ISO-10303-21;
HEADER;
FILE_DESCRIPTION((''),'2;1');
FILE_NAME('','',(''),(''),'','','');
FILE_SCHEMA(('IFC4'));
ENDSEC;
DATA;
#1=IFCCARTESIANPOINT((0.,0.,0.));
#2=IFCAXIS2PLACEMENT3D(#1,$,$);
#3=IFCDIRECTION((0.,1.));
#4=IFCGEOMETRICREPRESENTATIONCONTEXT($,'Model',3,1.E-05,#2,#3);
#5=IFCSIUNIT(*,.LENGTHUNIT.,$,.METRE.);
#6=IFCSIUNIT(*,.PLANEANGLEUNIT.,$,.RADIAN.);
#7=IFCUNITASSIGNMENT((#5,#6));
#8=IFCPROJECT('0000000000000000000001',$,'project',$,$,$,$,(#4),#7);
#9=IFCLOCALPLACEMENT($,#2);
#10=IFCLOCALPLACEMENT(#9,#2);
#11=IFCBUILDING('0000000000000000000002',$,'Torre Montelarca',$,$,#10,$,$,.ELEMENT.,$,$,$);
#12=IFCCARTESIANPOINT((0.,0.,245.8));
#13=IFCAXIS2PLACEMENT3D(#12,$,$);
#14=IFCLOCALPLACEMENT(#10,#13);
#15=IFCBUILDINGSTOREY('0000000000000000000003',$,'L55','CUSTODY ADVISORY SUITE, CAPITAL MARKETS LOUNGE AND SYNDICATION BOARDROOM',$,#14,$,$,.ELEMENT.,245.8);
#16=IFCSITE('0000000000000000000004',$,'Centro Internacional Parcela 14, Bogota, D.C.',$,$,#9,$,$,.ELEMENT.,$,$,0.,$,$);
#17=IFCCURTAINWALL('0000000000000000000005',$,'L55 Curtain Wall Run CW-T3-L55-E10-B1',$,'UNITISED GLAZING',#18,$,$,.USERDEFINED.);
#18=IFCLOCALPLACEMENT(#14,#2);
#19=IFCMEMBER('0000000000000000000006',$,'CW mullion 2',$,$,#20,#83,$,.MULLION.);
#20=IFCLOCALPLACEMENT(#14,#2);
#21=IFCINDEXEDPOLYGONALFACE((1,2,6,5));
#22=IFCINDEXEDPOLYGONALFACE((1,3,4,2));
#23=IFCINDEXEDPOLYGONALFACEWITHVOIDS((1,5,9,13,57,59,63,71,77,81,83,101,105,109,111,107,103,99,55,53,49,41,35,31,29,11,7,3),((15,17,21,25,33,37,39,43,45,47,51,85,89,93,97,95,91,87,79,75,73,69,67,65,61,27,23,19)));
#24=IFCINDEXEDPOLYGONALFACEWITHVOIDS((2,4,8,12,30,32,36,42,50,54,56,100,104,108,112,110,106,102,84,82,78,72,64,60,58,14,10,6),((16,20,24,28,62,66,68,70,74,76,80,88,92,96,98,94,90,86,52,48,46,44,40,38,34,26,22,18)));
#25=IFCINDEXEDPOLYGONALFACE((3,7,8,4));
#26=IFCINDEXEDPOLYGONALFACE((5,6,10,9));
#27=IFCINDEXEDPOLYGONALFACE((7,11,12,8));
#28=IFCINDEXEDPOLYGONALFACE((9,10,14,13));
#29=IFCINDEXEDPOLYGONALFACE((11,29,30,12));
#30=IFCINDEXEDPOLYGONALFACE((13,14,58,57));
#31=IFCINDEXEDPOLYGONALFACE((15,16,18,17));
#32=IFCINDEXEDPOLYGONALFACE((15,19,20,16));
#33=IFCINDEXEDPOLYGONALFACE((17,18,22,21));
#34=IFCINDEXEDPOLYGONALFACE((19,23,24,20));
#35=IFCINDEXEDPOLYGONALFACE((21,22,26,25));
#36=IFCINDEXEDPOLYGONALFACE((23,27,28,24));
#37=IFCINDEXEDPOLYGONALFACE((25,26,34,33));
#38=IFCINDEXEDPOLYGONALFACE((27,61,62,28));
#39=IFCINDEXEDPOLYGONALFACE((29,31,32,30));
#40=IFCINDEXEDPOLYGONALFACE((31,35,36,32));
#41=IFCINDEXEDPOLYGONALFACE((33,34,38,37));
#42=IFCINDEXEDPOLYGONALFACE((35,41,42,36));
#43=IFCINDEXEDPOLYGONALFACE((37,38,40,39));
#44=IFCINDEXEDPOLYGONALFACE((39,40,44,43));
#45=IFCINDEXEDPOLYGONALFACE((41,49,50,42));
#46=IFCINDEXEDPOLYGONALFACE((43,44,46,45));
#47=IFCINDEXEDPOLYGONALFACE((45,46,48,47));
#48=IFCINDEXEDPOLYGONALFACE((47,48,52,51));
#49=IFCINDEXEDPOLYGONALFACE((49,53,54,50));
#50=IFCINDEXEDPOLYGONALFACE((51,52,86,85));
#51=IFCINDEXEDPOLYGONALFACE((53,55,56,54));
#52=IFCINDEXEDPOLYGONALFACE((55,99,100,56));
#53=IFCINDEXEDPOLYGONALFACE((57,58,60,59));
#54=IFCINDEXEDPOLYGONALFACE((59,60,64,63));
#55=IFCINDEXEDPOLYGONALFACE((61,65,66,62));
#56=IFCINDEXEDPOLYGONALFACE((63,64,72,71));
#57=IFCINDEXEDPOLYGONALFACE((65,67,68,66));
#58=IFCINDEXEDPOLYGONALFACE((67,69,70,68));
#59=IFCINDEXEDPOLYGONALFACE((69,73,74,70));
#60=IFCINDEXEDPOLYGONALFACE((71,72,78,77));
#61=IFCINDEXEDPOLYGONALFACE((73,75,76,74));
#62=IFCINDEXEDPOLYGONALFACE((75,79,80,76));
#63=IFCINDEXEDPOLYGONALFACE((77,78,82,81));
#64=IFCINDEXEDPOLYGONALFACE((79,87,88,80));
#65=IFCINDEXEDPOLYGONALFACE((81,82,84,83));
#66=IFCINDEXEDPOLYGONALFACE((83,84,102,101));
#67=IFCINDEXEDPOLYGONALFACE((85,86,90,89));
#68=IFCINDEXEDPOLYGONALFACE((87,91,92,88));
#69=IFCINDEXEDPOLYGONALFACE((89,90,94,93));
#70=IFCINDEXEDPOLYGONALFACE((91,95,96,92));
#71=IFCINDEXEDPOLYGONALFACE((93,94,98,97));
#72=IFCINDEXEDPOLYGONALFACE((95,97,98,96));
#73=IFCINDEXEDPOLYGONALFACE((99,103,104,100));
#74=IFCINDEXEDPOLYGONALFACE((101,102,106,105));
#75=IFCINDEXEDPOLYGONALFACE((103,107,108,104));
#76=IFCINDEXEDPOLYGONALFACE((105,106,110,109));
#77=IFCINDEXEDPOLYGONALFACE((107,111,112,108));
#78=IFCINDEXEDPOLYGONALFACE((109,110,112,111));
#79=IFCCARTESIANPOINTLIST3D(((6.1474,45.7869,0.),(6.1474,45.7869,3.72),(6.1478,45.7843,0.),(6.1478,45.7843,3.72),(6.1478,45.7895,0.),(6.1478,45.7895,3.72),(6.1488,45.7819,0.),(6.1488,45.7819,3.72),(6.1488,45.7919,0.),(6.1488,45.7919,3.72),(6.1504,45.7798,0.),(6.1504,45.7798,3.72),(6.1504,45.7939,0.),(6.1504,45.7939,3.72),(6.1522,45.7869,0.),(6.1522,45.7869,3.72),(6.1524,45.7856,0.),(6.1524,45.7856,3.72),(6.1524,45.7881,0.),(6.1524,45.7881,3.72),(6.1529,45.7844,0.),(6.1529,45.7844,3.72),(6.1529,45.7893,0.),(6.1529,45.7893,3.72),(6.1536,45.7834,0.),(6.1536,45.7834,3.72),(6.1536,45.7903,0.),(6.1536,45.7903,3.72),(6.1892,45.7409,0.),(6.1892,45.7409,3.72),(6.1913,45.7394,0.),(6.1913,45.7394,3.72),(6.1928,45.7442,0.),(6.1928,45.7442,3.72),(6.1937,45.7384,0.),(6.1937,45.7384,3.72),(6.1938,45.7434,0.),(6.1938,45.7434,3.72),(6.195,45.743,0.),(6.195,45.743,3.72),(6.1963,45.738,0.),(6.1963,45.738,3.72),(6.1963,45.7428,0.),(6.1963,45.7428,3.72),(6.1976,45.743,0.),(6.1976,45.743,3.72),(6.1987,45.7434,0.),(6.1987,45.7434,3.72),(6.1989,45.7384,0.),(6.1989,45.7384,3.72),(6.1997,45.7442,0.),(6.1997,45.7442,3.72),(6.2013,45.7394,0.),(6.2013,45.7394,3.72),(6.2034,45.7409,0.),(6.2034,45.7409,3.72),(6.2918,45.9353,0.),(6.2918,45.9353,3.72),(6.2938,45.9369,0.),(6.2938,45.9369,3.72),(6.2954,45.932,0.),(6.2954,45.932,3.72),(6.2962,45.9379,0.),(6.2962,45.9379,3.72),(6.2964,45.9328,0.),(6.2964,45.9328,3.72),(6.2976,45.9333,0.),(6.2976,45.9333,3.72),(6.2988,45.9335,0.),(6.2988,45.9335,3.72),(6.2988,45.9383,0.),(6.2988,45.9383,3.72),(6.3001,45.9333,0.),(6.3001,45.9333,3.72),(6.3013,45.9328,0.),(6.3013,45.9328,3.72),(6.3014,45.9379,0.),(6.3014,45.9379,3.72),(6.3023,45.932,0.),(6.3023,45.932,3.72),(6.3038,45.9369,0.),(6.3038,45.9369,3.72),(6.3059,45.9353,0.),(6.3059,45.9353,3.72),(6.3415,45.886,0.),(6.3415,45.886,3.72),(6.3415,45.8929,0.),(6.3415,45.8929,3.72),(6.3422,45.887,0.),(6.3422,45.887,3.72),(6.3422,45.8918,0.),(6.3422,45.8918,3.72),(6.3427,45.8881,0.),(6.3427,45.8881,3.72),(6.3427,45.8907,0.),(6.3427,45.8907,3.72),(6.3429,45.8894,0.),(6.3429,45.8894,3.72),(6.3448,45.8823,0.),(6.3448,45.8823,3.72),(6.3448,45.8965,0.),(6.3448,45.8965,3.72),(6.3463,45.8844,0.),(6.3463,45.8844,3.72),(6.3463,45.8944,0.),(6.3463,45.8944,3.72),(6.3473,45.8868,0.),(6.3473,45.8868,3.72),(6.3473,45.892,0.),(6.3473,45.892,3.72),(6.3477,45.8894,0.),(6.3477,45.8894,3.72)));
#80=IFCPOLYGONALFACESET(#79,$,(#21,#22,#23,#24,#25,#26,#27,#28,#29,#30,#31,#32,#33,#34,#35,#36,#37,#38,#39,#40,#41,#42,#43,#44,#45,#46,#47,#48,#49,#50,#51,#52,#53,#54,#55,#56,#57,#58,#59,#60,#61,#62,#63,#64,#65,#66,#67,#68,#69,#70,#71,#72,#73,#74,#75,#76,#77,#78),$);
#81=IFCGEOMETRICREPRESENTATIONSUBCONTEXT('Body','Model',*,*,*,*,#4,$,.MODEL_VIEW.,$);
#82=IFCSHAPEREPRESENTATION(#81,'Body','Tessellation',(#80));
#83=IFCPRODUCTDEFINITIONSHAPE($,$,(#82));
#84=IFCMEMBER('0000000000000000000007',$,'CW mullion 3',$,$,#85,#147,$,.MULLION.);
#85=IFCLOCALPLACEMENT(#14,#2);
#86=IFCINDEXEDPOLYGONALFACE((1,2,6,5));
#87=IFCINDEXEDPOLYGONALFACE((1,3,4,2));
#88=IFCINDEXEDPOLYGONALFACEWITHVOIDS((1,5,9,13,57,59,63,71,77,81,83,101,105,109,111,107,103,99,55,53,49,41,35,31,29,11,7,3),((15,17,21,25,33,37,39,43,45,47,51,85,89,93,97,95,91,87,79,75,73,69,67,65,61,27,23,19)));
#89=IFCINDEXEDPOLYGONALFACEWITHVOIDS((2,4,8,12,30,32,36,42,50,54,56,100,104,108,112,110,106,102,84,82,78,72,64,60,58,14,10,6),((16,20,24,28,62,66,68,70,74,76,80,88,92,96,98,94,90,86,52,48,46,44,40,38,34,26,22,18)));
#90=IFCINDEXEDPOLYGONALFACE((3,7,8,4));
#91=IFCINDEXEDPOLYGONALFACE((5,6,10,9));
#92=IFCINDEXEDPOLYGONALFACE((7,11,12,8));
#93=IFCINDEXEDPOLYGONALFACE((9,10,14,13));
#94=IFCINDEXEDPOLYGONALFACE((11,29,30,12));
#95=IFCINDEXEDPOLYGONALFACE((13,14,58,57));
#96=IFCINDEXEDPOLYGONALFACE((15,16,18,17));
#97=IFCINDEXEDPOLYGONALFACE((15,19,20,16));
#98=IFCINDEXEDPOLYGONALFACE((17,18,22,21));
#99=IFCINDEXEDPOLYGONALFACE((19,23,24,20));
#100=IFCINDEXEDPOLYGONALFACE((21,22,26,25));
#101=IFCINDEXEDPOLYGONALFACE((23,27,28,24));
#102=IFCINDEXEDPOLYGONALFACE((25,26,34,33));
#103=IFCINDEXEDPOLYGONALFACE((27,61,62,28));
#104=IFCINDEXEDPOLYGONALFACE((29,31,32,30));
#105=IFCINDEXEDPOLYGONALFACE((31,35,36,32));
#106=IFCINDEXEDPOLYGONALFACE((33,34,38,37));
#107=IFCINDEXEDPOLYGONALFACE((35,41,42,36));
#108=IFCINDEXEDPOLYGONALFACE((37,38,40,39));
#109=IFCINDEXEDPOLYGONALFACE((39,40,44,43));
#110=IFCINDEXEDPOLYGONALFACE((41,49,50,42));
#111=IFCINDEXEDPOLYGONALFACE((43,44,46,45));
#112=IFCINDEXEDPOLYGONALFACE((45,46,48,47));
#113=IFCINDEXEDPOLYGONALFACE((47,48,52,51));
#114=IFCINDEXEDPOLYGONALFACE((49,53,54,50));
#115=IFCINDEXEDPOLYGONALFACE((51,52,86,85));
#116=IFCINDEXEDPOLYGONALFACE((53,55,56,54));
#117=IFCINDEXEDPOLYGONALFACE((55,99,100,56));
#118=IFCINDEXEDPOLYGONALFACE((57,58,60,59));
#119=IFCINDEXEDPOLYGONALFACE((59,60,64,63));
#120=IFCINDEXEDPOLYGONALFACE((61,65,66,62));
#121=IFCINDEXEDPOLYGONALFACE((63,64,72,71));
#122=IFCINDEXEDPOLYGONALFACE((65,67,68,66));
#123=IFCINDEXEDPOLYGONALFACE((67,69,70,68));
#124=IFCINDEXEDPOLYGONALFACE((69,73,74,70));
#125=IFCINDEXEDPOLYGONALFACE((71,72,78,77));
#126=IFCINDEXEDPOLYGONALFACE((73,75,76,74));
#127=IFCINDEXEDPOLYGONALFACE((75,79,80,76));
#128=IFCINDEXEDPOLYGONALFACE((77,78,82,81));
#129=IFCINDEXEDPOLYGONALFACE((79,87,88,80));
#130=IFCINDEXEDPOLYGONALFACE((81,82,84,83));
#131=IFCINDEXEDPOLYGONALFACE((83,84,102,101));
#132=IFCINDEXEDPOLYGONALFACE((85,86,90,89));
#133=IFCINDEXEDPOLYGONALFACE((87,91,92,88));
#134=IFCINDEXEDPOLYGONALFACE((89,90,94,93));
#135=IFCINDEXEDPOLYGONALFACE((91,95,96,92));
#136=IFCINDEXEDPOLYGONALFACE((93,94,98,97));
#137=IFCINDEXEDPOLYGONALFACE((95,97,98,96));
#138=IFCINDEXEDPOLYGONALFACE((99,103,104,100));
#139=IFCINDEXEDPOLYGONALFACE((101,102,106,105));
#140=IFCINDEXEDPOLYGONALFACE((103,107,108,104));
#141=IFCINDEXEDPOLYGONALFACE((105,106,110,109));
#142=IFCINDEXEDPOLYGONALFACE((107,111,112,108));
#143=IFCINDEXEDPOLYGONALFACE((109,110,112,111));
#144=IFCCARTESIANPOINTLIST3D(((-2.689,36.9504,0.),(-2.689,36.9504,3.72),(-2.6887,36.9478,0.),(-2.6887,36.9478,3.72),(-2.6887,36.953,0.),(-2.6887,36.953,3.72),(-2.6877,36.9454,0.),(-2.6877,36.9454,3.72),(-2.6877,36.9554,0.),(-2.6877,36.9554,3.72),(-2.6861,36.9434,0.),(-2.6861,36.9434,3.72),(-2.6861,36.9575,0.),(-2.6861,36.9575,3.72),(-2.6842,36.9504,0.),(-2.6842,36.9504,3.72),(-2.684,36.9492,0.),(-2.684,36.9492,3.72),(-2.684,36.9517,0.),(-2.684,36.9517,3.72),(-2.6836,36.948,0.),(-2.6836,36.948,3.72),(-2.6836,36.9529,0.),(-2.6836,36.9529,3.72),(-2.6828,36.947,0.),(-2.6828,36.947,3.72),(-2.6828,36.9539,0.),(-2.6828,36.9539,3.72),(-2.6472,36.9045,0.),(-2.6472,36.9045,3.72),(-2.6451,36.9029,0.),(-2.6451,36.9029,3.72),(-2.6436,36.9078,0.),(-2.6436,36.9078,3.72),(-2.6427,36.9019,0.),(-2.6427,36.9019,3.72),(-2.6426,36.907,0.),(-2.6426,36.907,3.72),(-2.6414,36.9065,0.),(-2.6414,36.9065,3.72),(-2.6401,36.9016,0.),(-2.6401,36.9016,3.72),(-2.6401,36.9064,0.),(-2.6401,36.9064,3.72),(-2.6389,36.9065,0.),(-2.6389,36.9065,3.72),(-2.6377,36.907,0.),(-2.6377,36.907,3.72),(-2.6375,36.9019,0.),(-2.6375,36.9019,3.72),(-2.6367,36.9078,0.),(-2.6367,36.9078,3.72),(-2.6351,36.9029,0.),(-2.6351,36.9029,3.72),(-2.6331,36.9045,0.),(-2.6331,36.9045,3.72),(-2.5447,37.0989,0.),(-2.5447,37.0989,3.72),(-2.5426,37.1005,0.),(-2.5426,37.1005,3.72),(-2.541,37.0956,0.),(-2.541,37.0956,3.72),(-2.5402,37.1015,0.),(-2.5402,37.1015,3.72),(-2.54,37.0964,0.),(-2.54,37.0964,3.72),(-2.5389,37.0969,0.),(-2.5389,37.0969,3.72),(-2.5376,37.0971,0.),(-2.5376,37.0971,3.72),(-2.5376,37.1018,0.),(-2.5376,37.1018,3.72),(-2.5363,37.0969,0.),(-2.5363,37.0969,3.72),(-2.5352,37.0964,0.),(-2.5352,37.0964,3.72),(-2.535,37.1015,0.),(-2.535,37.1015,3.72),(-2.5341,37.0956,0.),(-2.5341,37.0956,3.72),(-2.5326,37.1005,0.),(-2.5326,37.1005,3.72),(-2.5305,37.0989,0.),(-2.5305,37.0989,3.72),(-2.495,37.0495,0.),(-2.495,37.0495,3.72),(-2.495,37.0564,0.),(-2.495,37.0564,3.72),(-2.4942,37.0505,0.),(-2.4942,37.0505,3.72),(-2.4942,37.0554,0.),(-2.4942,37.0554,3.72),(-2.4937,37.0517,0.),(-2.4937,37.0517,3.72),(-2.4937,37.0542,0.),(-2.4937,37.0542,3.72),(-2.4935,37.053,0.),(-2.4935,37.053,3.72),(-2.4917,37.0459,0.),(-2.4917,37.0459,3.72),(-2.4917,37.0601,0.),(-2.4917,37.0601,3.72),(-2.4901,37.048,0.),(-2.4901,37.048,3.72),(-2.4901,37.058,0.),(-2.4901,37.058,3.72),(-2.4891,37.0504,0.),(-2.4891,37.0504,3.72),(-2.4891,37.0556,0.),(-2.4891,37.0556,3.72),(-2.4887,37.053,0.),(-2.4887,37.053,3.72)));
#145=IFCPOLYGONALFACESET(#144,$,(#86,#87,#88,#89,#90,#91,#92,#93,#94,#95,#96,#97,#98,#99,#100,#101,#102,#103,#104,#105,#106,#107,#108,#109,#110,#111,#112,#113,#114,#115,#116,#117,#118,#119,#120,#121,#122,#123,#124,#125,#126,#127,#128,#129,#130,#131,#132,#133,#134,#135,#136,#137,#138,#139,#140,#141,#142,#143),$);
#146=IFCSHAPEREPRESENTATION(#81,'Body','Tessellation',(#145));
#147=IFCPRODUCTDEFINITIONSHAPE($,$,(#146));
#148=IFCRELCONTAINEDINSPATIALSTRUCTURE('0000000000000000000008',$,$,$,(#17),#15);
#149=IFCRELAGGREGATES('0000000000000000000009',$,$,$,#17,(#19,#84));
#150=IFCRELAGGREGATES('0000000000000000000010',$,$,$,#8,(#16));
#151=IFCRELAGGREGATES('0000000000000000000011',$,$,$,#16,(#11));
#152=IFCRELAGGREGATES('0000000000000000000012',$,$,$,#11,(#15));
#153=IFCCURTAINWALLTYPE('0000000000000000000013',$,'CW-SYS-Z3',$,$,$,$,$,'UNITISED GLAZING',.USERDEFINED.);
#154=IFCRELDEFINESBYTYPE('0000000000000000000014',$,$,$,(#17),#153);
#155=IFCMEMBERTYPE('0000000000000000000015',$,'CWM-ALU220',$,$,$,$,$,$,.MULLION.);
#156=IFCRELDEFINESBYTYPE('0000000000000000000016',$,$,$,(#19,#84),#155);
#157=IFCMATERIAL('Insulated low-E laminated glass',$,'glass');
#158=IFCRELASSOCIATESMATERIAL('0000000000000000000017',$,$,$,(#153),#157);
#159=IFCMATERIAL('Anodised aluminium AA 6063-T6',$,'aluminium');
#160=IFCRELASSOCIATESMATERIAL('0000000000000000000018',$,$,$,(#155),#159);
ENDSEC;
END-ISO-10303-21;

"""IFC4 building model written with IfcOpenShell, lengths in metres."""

from ifc_helpers import new_model, si_unit, direction, frame, origin, origin_2d, place, context, subcontext, project, spatial, hollow_rectangle, extrude, source, transform, mapped, material, material_profile, profile_set, type_object, element, aggregate, save


model = new_model("IFC4")

# Units and contexts
model_context = context("Model", 3, precision=1e-05, world=origin(), true_north=direction((0.0, 1.0)))
body_context = subcontext(model_context, "Body", "Model", "MODEL_VIEW")
ifc_project = project(units=[si_unit("LENGTHUNIT", "METRE"), si_unit("PLANEANGLEUNIT", "RADIAN")], contexts=[model_context])

# Site, building, storey
site_placement = place(None, origin())
site = spatial("IfcSite", under=ifc_project, at=site_placement, Name="Centro Internacional Parcela 14, Bogota, D.C.", CompositionType="ELEMENT", RefElevation=0.0)
building_placement = place(site_placement, origin())
building = spatial("IfcBuilding", under=site, at=building_placement, Name="Torre Montelarca", CompositionType="ELEMENT")
storey_placement = place(building_placement, frame((0.0, 0.0, 245.8)))
storey = spatial("IfcBuildingStorey", under=building, at=storey_placement, Name="L55", Description="CUSTODY ADVISORY SUITE, CAPITAL MARKETS LOUNGE AND SYNDICATION BOARDROOM", CompositionType="ELEMENT", Elevation=245.8)

# Curtain wall, members
ifc_material_1 = material(Name="Insulated low-E laminated glass", Category="glass")
curtain_wall_type = type_object("IfcCurtainWallType", Name="CW-SYS-Z3", ElementType="UNITISED GLAZING", PredefinedType="USERDEFINED", material=ifc_material_1)
curtain_wall_1_placement = place(storey_placement, origin())
curtain_wall_1 = element("IfcCurtainWall", 1, at=curtain_wall_1_placement, inside=storey, type_object=curtain_wall_type, Name="L55 Curtain Wall Run CW-T3-L55-E10-B1", ObjectType="UNITISED GLAZING", PredefinedType="USERDEFINED")
ifc_material_2 = material(Name="Anodised aluminium AA 6063-T6", Category="aluminium")
ifc_material_profile_1 = material_profile(ifc_material_2, hollow_rectangle(XDim=0.075, YDim=0.22, WallThickness=0.0049, InnerFilletRadius=0.0049, OuterFilletRadius=0.01, at=origin_2d()), Name="ALU75X220X5", Category="aluminium")
ifc_profile_set_1 = profile_set([ifc_material_profile_1], Name="Anodised aluminium AA 6063-T6")
member_type_1 = type_object("IfcMemberType", Name="CWM-ALU220", PredefinedType="MULLION", material=ifc_profile_set_1)
shared_shape_1 = source(origin(), body_context, "Body", "SweptSolid", [
    extrude(hollow_rectangle(XDim=0.075, YDim=0.22, WallThickness=0.0049, InnerFilletRadius=0.0049, OuterFilletRadius=0.01, at=origin_2d()), origin(), (0.0, 0.0, 1.0), 3.72),
])
member_1_placement = place(storey_placement, frame((6.2476, 45.8381, 0.0), z_axis=(0.0, 0.0, 1.0), x_axis=(0.707109, -0.707105, 0.0)))
member_1 = element("IfcMember", 2, at=member_1_placement, type_object=member_type_1, Name="CW mullion 2", PredefinedType="MULLION", context=body_context, shape_type="MappedRepresentation", body=[
    mapped(shared_shape_1, transform((0.0, 0.0, 0.0), scale=1.0)),
])
member_2_placement = place(storey_placement, frame((-2.5889, 37.0017, 0.0), z_axis=(0.0, 0.0, 1.0), x_axis=(0.707109, -0.707105, 0.0)))
member_2 = element("IfcMember", 3, at=member_2_placement, type_object=member_type_1, Name="CW mullion 3", PredefinedType="MULLION", context=body_context, shape_type="MappedRepresentation", body=[
    mapped(shared_shape_1, transform((0.0, 0.0, 0.0), scale=1.0)),
])

aggregate(curtain_wall_1, [member_1, member_2])

save(model, "model.ifc")
